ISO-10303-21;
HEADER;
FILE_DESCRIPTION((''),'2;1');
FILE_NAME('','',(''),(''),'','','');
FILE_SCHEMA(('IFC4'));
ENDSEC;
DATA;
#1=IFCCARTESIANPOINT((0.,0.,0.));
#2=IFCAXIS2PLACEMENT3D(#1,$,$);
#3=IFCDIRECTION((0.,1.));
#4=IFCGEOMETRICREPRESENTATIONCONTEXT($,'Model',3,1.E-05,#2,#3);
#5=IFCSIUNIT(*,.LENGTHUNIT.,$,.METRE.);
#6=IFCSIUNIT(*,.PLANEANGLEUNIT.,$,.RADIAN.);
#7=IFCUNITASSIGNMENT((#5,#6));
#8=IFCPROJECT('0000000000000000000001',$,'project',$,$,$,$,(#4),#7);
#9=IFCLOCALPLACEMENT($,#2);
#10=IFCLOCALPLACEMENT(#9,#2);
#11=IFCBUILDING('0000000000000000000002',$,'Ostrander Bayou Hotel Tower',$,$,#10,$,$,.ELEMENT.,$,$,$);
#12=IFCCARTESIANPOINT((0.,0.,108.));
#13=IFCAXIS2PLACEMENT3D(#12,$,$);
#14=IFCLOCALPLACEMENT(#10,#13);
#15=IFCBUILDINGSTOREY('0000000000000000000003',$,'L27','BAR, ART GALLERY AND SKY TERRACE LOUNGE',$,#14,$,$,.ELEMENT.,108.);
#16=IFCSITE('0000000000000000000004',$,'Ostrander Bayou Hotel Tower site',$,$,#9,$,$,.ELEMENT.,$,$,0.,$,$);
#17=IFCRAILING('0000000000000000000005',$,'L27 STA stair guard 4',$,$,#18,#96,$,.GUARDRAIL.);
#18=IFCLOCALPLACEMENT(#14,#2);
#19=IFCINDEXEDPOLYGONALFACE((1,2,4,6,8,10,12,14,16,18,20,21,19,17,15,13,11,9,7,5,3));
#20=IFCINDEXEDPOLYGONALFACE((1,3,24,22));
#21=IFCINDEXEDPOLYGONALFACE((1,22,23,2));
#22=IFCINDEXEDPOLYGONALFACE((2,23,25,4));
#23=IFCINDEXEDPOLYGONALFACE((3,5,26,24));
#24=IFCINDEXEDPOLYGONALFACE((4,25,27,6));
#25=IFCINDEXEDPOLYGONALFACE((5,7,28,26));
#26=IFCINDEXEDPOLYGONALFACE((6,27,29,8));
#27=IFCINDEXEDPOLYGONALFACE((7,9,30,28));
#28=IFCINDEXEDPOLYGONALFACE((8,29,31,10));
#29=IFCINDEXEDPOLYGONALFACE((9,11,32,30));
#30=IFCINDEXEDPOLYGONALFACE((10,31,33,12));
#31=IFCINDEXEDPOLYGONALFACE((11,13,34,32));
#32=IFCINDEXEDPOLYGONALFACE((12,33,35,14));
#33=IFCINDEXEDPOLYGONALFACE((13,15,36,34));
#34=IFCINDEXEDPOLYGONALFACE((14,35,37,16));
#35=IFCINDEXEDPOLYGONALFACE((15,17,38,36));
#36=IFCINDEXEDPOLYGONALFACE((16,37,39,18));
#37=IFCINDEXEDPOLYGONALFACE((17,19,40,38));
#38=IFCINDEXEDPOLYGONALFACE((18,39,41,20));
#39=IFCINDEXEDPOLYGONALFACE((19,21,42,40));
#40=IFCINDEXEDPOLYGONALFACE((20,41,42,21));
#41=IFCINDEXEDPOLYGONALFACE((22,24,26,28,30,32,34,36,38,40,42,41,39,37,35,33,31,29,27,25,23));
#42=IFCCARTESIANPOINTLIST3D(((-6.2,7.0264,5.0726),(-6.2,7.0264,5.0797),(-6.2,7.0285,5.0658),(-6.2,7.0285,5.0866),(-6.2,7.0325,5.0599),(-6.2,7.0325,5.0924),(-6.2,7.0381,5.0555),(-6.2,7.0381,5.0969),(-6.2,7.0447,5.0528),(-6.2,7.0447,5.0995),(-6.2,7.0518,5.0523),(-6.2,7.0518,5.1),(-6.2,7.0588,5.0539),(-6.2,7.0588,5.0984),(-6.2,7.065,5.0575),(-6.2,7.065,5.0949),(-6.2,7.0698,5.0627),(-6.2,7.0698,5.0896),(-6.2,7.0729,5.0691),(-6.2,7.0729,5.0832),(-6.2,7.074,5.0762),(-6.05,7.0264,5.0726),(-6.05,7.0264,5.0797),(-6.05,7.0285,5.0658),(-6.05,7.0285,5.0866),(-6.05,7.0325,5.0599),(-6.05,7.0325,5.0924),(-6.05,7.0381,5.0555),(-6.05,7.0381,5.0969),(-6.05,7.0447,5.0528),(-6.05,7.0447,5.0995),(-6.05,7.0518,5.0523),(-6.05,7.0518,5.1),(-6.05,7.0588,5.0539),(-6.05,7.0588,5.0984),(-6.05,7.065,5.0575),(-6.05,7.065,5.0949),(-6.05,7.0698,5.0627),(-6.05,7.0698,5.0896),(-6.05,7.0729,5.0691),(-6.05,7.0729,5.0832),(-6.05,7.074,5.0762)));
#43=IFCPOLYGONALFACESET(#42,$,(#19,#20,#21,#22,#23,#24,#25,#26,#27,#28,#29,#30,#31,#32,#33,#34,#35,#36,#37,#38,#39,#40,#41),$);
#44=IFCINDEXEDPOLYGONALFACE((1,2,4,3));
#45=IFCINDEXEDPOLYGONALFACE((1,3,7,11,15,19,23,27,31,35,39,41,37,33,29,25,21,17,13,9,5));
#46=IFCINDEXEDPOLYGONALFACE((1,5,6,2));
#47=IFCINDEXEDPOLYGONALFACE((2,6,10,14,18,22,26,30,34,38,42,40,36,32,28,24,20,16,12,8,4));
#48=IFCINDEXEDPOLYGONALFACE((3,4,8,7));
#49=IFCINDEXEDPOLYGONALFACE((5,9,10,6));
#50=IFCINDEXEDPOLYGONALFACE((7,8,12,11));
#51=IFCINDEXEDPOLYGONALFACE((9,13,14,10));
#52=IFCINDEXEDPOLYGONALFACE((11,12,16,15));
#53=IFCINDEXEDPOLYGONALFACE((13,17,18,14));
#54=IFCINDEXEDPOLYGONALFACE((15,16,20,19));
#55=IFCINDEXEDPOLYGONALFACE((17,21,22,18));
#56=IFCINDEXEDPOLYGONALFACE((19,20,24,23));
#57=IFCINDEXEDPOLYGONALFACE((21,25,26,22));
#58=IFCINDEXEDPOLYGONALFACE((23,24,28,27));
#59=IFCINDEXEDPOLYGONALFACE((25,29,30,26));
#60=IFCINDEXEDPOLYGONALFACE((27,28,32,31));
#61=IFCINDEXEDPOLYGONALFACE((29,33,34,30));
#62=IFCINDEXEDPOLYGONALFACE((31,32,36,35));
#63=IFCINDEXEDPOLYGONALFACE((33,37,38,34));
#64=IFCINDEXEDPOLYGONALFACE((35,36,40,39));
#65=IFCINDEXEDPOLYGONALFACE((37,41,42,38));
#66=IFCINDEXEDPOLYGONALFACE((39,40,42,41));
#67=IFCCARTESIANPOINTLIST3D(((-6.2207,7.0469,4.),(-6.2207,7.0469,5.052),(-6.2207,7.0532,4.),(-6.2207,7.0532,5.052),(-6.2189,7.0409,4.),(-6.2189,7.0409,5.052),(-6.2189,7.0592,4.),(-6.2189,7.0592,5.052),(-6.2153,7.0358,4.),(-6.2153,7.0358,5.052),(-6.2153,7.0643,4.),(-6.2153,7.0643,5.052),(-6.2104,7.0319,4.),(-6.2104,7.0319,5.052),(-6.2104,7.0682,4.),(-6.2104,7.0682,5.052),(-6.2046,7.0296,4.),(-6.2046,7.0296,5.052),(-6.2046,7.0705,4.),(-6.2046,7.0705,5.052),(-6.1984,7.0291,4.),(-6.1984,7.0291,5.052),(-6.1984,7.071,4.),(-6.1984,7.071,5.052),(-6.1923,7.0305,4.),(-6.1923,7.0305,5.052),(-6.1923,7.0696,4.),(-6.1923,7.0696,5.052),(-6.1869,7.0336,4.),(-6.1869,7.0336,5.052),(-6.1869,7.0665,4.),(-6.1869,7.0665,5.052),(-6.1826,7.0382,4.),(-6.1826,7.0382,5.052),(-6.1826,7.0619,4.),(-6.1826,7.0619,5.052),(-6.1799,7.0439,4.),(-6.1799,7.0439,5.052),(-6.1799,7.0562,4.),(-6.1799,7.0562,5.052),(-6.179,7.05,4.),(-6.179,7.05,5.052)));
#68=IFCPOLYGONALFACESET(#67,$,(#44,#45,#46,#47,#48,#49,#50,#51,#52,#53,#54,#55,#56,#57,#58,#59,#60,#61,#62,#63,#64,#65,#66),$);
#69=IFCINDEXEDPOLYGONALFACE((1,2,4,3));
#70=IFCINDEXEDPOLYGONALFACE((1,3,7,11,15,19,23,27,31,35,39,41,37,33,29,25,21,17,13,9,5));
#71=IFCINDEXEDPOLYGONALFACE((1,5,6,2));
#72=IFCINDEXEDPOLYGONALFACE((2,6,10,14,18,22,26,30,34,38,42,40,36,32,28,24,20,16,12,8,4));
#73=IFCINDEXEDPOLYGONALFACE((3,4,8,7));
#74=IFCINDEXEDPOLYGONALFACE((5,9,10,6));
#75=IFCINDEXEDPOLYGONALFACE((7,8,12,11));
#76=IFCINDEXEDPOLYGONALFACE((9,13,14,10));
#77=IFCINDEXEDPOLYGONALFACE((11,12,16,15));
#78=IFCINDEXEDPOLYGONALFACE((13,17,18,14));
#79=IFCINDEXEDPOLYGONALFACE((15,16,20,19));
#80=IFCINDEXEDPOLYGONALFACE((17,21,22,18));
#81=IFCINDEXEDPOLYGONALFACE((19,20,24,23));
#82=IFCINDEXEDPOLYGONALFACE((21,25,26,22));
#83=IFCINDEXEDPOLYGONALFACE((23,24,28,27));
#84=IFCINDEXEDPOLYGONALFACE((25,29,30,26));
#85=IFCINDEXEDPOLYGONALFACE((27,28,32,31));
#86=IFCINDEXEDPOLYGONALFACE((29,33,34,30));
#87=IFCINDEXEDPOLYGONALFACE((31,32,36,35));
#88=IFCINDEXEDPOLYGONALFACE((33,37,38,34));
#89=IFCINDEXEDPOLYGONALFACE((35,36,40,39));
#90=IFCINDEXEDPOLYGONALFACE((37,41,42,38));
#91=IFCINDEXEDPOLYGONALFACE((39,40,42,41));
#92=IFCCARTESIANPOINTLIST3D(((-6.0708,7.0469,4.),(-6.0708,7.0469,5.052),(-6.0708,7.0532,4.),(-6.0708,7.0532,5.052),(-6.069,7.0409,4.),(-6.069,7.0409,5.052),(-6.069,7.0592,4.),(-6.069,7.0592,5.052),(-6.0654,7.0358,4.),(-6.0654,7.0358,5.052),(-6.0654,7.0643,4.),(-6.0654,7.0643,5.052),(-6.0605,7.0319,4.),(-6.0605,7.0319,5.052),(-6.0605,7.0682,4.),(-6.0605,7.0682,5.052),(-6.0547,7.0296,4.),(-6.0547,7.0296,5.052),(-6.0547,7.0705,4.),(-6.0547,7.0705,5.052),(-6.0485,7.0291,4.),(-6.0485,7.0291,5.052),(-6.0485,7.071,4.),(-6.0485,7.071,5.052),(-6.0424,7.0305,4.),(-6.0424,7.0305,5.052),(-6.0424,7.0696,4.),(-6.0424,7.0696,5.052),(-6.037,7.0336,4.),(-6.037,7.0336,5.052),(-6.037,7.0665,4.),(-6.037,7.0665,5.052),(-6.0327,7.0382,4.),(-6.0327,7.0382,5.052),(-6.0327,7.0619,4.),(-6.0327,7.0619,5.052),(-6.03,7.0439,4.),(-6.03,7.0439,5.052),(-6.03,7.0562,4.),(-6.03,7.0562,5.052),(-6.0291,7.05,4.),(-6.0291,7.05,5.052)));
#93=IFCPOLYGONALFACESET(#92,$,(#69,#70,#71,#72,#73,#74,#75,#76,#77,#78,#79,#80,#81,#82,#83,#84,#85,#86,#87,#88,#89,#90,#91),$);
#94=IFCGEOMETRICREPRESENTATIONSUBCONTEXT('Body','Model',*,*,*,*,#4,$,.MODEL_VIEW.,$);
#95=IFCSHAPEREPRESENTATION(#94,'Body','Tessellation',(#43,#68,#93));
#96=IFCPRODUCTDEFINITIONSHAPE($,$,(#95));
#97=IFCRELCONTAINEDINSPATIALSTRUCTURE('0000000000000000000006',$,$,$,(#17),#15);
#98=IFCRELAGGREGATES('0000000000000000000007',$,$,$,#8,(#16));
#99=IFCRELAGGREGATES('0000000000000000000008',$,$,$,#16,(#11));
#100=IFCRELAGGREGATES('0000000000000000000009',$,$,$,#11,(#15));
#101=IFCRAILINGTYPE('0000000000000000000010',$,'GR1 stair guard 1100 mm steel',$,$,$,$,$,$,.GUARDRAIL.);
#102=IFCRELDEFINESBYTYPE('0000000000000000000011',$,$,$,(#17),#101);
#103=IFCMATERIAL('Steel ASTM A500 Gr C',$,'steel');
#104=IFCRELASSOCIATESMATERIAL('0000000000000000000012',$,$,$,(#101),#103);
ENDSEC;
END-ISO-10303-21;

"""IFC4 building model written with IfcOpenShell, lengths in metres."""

from ifc_helpers import new_model, si_unit, direction, frame, origin, origin_2d, place, context, subcontext, project, spatial, circle, extrude, material, type_object, element, save


model = new_model("IFC4")

# Units and contexts
model_context = context("Model", 3, precision=1e-05, world=origin(), true_north=direction((0.0, 1.0)))
body_context = subcontext(model_context, "Body", "Model", "MODEL_VIEW")
ifc_project = project(units=[si_unit("LENGTHUNIT", "METRE"), si_unit("PLANEANGLEUNIT", "RADIAN")], contexts=[model_context])

# Site, building, storey
site_placement = place(None, origin())
site = spatial("IfcSite", under=ifc_project, at=site_placement, Name="Ostrander Bayou Hotel Tower site", CompositionType="ELEMENT", RefElevation=0.0)
building_placement = place(site_placement, origin())
building = spatial("IfcBuilding", under=site, at=building_placement, Name="Ostrander Bayou Hotel Tower", CompositionType="ELEMENT")
storey_placement = place(building_placement, frame((0.0, 0.0, 108.0)))
storey = spatial("IfcBuildingStorey", under=building, at=storey_placement, Name="L27", Description="BAR, ART GALLERY AND SKY TERRACE LOUNGE", CompositionType="ELEMENT", Elevation=108.0)

# Railing
ifc_material_1 = material(Name="Steel ASTM A500 Gr C", Category="steel")
railing_type_1 = type_object("IfcRailingType", Name="GR1 stair guard 1100 mm steel", PredefinedType="GUARDRAIL", material=ifc_material_1)
railing_1_placement = place(storey_placement, frame((-6.2, 7.05, 4.0)))
element("IfcRailing", 1, at=railing_1_placement, inside=storey, type_object=railing_type_1, Name="L27 STA stair guard 4", PredefinedType="GUARDRAIL", context=body_context, shape_type="SweptSolid", body=[
    extrude(circle(Radius=0.0239, at=origin_2d()), frame((0.0, 0.0, 1.0762), z_axis=(1.0, 0.0, 0.0), x_axis=(0.0, 1.0, 0.0)), (0.0, 0.0, 1.0), 0.1499),
    extrude(circle(Radius=0.021, at=origin_2d()), origin(), (0.0, 0.0, 1.0), 1.052),
    extrude(circle(Radius=0.021, at=origin_2d()), frame((0.1499, 0.0, 0.0)), (0.0, 0.0, 1.0), 1.052),
])

save(model, "model.ifc")
